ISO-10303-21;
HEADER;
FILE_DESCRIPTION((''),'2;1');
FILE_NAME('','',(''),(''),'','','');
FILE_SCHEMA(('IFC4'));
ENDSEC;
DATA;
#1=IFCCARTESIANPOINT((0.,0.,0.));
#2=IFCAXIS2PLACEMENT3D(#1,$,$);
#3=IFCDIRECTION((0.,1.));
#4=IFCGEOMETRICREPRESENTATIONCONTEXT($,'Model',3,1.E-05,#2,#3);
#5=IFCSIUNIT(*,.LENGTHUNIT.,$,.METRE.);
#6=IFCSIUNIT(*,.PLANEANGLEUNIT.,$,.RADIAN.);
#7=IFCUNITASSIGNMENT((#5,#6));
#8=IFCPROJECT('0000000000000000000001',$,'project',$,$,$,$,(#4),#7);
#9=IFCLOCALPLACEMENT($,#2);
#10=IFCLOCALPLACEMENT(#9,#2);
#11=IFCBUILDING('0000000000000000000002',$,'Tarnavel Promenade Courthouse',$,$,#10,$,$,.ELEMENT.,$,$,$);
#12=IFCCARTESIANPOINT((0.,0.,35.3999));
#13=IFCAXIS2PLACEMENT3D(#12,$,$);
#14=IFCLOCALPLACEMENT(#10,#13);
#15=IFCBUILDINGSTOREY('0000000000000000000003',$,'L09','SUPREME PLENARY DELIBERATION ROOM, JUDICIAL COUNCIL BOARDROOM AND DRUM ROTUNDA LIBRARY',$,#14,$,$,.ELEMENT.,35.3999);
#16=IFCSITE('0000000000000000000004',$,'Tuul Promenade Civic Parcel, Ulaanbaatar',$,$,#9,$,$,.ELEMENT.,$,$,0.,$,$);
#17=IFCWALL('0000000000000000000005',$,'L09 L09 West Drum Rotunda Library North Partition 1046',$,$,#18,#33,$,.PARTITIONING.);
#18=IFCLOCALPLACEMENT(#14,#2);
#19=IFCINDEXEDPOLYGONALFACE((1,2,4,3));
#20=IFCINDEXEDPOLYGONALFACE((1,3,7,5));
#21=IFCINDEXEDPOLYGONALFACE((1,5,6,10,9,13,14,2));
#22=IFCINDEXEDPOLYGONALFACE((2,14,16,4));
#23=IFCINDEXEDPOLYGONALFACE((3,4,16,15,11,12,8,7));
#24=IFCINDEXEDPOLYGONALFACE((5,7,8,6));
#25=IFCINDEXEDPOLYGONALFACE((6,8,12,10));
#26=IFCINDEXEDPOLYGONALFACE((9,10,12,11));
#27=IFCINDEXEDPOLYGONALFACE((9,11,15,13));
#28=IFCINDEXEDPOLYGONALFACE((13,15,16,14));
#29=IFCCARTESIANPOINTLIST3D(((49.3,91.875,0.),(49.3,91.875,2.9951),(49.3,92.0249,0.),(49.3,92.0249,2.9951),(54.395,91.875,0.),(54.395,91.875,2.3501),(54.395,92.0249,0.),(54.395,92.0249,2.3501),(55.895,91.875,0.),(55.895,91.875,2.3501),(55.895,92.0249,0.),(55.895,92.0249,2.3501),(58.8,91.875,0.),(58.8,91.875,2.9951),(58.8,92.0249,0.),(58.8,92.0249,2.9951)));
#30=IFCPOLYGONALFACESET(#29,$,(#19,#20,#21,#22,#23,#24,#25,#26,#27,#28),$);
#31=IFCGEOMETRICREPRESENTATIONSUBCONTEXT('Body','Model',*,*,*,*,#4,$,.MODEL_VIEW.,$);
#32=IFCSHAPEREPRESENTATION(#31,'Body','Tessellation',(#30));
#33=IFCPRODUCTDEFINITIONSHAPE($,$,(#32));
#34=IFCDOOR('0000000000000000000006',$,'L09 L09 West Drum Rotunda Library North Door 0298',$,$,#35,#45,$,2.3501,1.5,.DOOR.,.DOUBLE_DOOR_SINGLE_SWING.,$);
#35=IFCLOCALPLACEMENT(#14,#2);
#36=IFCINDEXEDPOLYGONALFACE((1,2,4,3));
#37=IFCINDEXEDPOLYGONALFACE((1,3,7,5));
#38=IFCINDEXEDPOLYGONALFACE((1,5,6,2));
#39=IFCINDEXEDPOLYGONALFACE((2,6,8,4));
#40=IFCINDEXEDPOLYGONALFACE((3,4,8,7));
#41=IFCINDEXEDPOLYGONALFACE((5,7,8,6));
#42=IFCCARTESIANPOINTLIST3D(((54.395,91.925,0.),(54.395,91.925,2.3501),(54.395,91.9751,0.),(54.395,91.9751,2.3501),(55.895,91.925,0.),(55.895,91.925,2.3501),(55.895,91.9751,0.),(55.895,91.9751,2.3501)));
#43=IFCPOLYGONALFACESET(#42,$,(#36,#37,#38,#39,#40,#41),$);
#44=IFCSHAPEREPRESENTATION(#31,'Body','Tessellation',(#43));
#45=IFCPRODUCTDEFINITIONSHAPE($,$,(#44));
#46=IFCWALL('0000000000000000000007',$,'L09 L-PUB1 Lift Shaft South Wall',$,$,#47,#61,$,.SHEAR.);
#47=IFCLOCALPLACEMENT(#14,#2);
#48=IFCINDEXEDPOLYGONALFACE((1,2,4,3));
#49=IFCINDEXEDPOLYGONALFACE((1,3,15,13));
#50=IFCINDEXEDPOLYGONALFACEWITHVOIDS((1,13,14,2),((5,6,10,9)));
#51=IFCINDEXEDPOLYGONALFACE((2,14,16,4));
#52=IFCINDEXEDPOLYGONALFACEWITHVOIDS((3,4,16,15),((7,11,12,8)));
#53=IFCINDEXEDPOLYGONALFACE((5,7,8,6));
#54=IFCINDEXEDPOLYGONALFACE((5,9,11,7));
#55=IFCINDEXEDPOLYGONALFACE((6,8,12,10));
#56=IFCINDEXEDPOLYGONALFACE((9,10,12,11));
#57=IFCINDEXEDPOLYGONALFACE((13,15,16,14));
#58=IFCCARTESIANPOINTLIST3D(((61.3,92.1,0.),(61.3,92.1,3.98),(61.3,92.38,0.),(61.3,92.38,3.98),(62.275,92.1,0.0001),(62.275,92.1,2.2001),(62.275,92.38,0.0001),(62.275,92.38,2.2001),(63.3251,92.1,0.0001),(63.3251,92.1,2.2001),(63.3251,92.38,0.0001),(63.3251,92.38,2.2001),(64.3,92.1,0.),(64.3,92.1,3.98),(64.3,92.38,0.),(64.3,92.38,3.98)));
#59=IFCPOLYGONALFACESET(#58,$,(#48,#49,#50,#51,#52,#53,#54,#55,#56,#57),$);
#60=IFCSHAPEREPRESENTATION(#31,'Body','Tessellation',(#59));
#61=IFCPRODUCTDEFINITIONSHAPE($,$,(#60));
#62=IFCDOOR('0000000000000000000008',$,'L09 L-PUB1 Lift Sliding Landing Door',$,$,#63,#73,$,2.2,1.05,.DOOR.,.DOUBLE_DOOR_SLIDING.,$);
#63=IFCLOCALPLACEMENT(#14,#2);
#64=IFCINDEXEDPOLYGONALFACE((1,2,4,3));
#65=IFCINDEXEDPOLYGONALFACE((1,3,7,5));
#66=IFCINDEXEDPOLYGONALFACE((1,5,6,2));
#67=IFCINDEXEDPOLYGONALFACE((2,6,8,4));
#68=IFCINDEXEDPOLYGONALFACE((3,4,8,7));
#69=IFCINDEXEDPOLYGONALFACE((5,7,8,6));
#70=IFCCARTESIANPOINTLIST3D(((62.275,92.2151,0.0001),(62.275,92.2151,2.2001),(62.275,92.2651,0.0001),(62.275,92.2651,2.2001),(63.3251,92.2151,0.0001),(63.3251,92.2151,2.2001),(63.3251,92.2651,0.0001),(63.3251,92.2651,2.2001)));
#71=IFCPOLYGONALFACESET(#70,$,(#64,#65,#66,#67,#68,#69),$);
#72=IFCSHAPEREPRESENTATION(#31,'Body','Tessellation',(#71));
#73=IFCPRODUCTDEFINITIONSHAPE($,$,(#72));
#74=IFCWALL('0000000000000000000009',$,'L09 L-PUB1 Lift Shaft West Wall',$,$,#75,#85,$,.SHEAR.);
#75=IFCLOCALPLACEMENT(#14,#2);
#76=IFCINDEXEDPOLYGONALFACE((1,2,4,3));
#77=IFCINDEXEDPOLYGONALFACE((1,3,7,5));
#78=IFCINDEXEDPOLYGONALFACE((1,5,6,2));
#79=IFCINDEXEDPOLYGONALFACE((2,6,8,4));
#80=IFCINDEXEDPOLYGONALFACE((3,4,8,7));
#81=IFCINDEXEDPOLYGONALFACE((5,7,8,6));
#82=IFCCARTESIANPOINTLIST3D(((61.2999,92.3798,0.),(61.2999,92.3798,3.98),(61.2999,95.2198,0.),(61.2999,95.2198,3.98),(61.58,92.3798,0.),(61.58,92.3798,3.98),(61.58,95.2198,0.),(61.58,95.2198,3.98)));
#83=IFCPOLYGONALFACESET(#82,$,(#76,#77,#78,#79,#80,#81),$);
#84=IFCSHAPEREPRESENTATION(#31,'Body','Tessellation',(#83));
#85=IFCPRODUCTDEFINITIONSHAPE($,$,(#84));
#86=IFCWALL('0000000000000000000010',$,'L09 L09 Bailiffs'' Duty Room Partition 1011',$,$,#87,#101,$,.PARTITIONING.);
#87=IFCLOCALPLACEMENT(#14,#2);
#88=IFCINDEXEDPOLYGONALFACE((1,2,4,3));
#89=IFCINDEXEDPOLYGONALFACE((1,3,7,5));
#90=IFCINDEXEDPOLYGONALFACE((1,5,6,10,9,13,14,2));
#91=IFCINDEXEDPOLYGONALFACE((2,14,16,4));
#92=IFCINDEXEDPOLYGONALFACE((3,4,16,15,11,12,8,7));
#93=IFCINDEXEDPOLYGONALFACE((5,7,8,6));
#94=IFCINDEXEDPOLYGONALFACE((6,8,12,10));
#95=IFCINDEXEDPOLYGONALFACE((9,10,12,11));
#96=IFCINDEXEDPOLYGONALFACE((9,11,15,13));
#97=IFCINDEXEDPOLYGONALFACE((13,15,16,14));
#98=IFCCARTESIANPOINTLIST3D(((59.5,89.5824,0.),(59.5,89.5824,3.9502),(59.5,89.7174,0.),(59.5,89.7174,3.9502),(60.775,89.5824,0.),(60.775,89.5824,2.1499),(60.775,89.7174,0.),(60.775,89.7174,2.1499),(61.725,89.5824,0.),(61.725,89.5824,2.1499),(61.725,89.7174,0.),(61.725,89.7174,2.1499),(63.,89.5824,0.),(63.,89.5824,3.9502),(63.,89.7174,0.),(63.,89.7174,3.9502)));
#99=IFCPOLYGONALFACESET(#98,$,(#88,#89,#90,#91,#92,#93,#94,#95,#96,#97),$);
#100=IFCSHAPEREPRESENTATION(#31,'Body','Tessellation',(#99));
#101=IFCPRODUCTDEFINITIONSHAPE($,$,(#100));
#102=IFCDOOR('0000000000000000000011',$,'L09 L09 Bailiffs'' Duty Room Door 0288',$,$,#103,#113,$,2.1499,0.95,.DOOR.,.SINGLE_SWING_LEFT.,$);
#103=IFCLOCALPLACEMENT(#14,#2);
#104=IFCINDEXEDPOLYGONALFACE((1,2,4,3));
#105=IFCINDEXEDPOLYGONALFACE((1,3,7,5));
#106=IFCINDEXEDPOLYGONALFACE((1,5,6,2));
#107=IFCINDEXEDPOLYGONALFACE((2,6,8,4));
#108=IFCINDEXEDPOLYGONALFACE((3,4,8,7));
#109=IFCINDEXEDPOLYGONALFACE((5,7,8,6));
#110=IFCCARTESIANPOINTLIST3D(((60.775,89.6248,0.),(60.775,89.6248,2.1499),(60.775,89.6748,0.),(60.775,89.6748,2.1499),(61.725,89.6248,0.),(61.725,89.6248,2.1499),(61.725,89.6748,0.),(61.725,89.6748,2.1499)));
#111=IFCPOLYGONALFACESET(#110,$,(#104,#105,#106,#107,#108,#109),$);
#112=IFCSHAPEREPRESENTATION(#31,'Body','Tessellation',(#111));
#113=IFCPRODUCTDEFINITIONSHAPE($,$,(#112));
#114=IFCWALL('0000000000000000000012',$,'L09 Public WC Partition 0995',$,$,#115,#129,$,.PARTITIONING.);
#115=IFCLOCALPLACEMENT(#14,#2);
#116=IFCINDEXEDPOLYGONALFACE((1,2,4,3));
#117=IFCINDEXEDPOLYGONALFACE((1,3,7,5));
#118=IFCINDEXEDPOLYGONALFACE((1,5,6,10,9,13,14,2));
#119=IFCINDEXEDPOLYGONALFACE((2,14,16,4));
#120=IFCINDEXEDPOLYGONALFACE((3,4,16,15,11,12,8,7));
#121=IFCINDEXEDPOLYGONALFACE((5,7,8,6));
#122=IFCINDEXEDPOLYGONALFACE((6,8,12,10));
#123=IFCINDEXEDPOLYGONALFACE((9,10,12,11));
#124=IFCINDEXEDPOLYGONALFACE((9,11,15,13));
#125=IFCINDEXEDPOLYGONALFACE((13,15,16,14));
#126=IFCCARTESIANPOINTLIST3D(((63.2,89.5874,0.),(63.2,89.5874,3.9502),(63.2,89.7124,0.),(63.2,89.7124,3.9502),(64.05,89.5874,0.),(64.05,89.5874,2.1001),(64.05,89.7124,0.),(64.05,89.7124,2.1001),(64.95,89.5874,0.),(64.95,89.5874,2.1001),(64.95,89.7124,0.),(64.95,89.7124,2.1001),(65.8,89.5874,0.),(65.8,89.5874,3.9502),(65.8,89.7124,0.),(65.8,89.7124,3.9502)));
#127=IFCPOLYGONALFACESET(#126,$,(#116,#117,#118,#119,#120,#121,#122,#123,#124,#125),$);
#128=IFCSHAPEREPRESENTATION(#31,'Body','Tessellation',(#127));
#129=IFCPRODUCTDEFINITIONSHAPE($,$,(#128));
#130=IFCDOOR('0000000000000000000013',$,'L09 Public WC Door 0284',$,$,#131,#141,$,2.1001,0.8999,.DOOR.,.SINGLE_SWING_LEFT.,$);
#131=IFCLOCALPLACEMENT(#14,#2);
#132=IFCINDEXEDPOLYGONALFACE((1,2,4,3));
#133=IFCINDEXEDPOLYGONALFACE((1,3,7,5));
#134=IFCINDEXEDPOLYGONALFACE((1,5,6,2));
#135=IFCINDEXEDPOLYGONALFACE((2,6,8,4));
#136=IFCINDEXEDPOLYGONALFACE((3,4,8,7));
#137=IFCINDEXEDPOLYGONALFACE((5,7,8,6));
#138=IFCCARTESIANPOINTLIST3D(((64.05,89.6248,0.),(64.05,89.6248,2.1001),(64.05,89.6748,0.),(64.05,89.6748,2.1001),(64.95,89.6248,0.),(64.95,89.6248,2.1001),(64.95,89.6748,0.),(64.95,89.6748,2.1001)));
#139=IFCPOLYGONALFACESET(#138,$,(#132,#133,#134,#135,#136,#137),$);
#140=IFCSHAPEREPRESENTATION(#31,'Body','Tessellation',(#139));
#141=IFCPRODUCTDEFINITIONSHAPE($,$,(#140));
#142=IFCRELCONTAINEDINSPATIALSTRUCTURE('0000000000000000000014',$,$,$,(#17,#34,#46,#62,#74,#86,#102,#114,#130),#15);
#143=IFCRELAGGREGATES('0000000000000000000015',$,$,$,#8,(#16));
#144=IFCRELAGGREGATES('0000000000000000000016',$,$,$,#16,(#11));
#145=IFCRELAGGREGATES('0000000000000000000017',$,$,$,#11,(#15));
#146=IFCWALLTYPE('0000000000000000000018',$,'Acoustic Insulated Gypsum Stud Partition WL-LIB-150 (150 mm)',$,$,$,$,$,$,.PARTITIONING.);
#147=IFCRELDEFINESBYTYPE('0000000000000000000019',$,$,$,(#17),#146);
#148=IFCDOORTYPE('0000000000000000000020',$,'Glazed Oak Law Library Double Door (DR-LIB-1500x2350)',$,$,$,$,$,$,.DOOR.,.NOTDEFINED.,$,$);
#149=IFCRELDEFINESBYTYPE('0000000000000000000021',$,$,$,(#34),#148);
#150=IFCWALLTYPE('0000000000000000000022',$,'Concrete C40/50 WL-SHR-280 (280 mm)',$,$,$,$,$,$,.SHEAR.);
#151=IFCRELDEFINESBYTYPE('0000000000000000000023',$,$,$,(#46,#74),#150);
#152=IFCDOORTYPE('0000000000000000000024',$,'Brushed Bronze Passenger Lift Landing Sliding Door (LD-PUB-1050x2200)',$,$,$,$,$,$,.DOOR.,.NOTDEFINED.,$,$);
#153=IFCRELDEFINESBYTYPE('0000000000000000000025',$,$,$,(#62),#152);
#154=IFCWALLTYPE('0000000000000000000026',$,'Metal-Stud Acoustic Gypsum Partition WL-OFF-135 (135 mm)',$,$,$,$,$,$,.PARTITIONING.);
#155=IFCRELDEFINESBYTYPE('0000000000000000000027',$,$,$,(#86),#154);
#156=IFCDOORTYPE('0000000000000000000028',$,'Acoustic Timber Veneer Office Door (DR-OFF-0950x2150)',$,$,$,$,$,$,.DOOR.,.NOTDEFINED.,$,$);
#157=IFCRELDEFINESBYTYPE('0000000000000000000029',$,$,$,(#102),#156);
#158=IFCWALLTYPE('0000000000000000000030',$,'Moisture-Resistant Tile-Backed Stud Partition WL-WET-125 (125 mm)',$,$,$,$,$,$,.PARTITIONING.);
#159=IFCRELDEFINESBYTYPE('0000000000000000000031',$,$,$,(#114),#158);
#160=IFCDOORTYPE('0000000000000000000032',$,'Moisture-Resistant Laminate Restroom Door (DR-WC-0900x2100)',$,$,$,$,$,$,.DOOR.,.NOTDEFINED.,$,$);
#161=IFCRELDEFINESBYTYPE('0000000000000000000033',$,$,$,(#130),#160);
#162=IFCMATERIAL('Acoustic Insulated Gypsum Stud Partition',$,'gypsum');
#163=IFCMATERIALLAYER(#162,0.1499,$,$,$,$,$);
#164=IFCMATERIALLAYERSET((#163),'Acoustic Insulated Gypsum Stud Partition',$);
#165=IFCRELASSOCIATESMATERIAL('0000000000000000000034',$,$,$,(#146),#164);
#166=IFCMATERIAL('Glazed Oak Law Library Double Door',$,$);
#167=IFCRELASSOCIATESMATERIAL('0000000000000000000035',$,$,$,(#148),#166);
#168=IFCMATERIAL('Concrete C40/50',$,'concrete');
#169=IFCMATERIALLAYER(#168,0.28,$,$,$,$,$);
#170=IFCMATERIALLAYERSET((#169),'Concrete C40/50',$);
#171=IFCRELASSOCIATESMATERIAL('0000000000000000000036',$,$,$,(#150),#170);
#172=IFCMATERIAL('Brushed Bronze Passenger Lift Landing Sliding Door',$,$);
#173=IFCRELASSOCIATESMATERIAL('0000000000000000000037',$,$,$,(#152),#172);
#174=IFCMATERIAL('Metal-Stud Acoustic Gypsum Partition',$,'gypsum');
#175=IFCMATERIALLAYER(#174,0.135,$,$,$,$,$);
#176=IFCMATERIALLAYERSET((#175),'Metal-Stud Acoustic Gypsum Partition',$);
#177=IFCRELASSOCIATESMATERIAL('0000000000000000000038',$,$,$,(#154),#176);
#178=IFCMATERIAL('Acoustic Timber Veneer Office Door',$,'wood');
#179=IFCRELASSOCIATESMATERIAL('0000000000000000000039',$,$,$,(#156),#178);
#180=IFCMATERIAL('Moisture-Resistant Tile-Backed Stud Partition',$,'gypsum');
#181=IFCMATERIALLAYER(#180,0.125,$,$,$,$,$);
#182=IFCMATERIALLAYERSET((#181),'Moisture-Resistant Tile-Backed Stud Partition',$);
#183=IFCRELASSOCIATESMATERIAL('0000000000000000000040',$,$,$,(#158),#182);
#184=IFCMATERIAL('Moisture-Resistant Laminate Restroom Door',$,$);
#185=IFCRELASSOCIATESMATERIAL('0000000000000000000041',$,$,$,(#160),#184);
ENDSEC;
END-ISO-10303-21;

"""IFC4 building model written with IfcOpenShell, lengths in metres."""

from ifc_helpers import new_model, si_unit, direction, frame, frame_2d, origin, place, context, subcontext, project, spatial, rectangle, extrude, material, layer, layer_set, type_object, element, fill, save


model = new_model("IFC4")

# Units and contexts
model_context = context("Model", 3, precision=1e-05, world=origin(), true_north=direction((0.0, 1.0)))
body_context = subcontext(model_context, "Body", "Model", "MODEL_VIEW")
ifc_project = project(units=[si_unit("LENGTHUNIT", "METRE"), si_unit("PLANEANGLEUNIT", "RADIAN")], contexts=[model_context])

# Site, building, storey
site_placement = place(None, origin())
site = spatial("IfcSite", under=ifc_project, at=site_placement, Name="Tuul Promenade Civic Parcel, Ulaanbaatar", CompositionType="ELEMENT", RefElevation=0.0)
building_placement = place(site_placement, origin())
building = spatial("IfcBuilding", under=site, at=building_placement, Name="Tarnavel Promenade Courthouse", CompositionType="ELEMENT")
storey_placement = place(building_placement, frame((0.0, 0.0, 35.3999)))
storey = spatial("IfcBuildingStorey", under=building, at=storey_placement, Name="L09", Description="SUPREME PLENARY DELIBERATION ROOM, JUDICIAL COUNCIL BOARDROOM AND DRUM ROTUNDA LIBRARY", CompositionType="ELEMENT", Elevation=35.3999)

# Shared definitions
ifc_material_1 = material(Name="Concrete C40/50", Category="concrete")

# Walls, openings, doors
ifc_material_2 = material(Name="Acoustic Insulated Gypsum Stud Partition", Category="gypsum")
ifc_layer_1 = layer(ifc_material_2, 0.1499)
ifc_layer_set_1 = layer_set([ifc_layer_1], Name="Acoustic Insulated Gypsum Stud Partition")
wall_type_1 = type_object("IfcWallType", Name="Acoustic Insulated Gypsum Stud Partition WL-LIB-150 (150 mm)", PredefinedType="PARTITIONING", material=ifc_layer_set_1)
wall_1_placement = place(storey_placement, frame((58.8, 91.95, 0.0), z_axis=(0.0, 0.0, 1.0), x_axis=(-1.0, 0.0, 0.0)))
wall_1 = element("IfcWall", 1, at=wall_1_placement, inside=storey, type_object=wall_type_1, Name="L09 L09 West Drum Rotunda Library North Partition 1046", PredefinedType="PARTITIONING", context=body_context, shape_type="SweptSolid", body=[
    extrude(rectangle(XDim=9.5, YDim=0.1499, at=frame_2d((4.75, 0.0))), origin(), (0.0, 0.0, 1.0), 2.9951),
])
opening_1_placement = place(wall_1_placement, frame((2.905, 0.0, 0.0)))
opening_1 = element("IfcOpeningElement", 2, at=opening_1_placement, cuts=wall_1, PredefinedType="OPENING", context=body_context, shape_type="SweptSolid", body=[
    extrude(rectangle(XDim=1.5, YDim=2.3501, at=frame_2d((0.75, 1.175))), frame((0.0, 0.085, 0.0), z_axis=(0.0, -1.0, 0.0), x_axis=(1.0, 0.0, 0.0)), (0.0, 0.0, 1.0), 0.1699),
])
ifc_material_3 = material(Name="Glazed Oak Law Library Double Door")
door_type_1 = type_object("IfcDoorType", Name="Glazed Oak Law Library Double Door (DR-LIB-1500x2350)", OperationType="NOTDEFINED", PredefinedType="DOOR", material=ifc_material_3)
door_1_placement = place(opening_1_placement, origin())
door_1 = element("IfcDoor", 3, at=door_1_placement, inside=storey, type_object=door_type_1, Name="L09 L09 West Drum Rotunda Library North Door 0298", OperationType="DOUBLE_DOOR_SINGLE_SWING", OverallHeight=2.3501, OverallWidth=1.5, PredefinedType="DOOR", context=body_context, shape_type="SweptSolid", body=[
    extrude(rectangle(XDim=1.5, YDim=2.3501, at=frame_2d((0.75, 1.175))), frame((0.0, 0.0249, 0.0), z_axis=(0.0, -1.0, 0.0), x_axis=(1.0, 0.0, 0.0)), (0.0, 0.0, 1.0), 0.05),
])
fill(opening_1, door_1)
ifc_layer_2 = layer(ifc_material_1, 0.28)
ifc_layer_set_2 = layer_set([ifc_layer_2], Name="Concrete C40/50")
wall_type_2 = type_object("IfcWallType", Name="Concrete C40/50 WL-SHR-280 (280 mm)", PredefinedType="SHEAR", material=ifc_layer_set_2)
wall_2_placement = place(storey_placement, frame((64.3, 92.24, 0.0), z_axis=(0.0, 0.0, 1.0), x_axis=(-1.0, 0.0, 0.0)))
wall_2 = element("IfcWall", 4, at=wall_2_placement, inside=storey, type_object=wall_type_2, Name="L09 L-PUB1 Lift Shaft South Wall", PredefinedType="SHEAR", context=body_context, shape_type="SweptSolid", body=[
    extrude(rectangle(XDim=3.0, YDim=0.28, at=frame_2d((1.5, 0.0))), origin(), (0.0, 0.0, 1.0), 3.98),
])
opening_2_placement = place(wall_2_placement, frame((0.9751, 0.0, 0.0)))
opening_2 = element("IfcOpeningElement", 5, at=opening_2_placement, cuts=wall_2, PredefinedType="OPENING", context=body_context, shape_type="SweptSolid", body=[
    extrude(rectangle(XDim=1.05, YDim=2.2, at=frame_2d((0.5249, 1.1001))), frame((0.0, 0.1499, 0.0), z_axis=(0.0, -1.0, 0.0), x_axis=(1.0, 0.0, 0.0)), (0.0, 0.0, 1.0), 0.3),
])
ifc_material_4 = material(Name="Brushed Bronze Passenger Lift Landing Sliding Door")
door_type_2 = type_object("IfcDoorType", Name="Brushed Bronze Passenger Lift Landing Sliding Door (LD-PUB-1050x2200)", OperationType="NOTDEFINED", PredefinedType="DOOR", material=ifc_material_4)
door_2_placement = place(opening_2_placement, origin())
door_2 = element("IfcDoor", 6, at=door_2_placement, inside=storey, type_object=door_type_2, Name="L09 L-PUB1 Lift Sliding Landing Door", OperationType="DOUBLE_DOOR_SLIDING", OverallHeight=2.2, OverallWidth=1.05, PredefinedType="DOOR", context=body_context, shape_type="SweptSolid", body=[
    extrude(rectangle(XDim=1.05, YDim=2.2, at=frame_2d((0.5249, 1.1001))), frame((0.0, 0.0249, 0.0), z_axis=(0.0, -1.0, 0.0), x_axis=(1.0, 0.0, 0.0)), (0.0, 0.0, 1.0), 0.05),
])
fill(opening_2, door_2)

# Wall
wall_3_placement = place(storey_placement, frame((61.4399, 92.3799, 0.0), z_axis=(0.0, 0.0, 1.0), x_axis=(0.0, 1.0, 0.0)))
element("IfcWall", 7, at=wall_3_placement, inside=storey, type_object=wall_type_2, Name="L09 L-PUB1 Lift Shaft West Wall", PredefinedType="SHEAR", context=body_context, shape_type="SweptSolid", body=[
    extrude(rectangle(XDim=2.8401, YDim=0.28, at=frame_2d((1.4199, 0.0))), origin(), (0.0, 0.0, 1.0), 3.98),
])

# Walls, openings, doors
ifc_material_5 = material(Name="Metal-Stud Acoustic Gypsum Partition", Category="gypsum")
ifc_layer_3 = layer(ifc_material_5, 0.135)
ifc_layer_set_3 = layer_set([ifc_layer_3], Name="Metal-Stud Acoustic Gypsum Partition")
wall_type_3 = type_object("IfcWallType", Name="Metal-Stud Acoustic Gypsum Partition WL-OFF-135 (135 mm)", PredefinedType="PARTITIONING", material=ifc_layer_set_3)
wall_4_placement = place(storey_placement, frame((59.5, 89.6499, 0.0), z_axis=(0.0, 0.0, 1.0), x_axis=(1.0, 0.0, 0.0)))
wall_4 = element("IfcWall", 8, at=wall_4_placement, inside=storey, type_object=wall_type_3, Name="L09 L09 Bailiffs' Duty Room Partition 1011", PredefinedType="PARTITIONING", context=body_context, shape_type="SweptSolid", body=[
    extrude(rectangle(XDim=3.5, YDim=0.135, at=frame_2d((1.75, 0.0))), origin(), (0.0, 0.0, 1.0), 3.9502),
])
opening_3_placement = place(wall_4_placement, frame((1.2749, 0.0, 0.0)))
opening_3 = element("IfcOpeningElement", 9, at=opening_3_placement, cuts=wall_4, PredefinedType="OPENING", context=body_context, shape_type="SweptSolid", body=[
    extrude(rectangle(XDim=0.95, YDim=2.1499, at=frame_2d((0.4751, 1.075))), frame((0.0, 0.0774, 0.0), z_axis=(0.0, -1.0, 0.0), x_axis=(1.0, 0.0, 0.0)), (0.0, 0.0, 1.0), 0.155),
])
ifc_material_6 = material(Name="Acoustic Timber Veneer Office Door", Category="wood")
door_type_3 = type_object("IfcDoorType", Name="Acoustic Timber Veneer Office Door (DR-OFF-0950x2150)", OperationType="NOTDEFINED", PredefinedType="DOOR", material=ifc_material_6)
door_3_placement = place(opening_3_placement, origin())
door_3 = element("IfcDoor", 10, at=door_3_placement, inside=storey, type_object=door_type_3, Name="L09 L09 Bailiffs' Duty Room Door 0288", OperationType="SINGLE_SWING_LEFT", OverallHeight=2.1499, OverallWidth=0.95, PredefinedType="DOOR", context=body_context, shape_type="SweptSolid", body=[
    extrude(rectangle(XDim=0.95, YDim=2.1499, at=frame_2d((0.4751, 1.075))), frame((0.0, 0.0249, 0.0), z_axis=(0.0, -1.0, 0.0), x_axis=(1.0, 0.0, 0.0)), (0.0, 0.0, 1.0), 0.05),
])
fill(opening_3, door_3)
ifc_material_7 = material(Name="Moisture-Resistant Tile-Backed Stud Partition", Category="gypsum")
ifc_layer_4 = layer(ifc_material_7, 0.125)
ifc_layer_set_4 = layer_set([ifc_layer_4], Name="Moisture-Resistant Tile-Backed Stud Partition")
wall_type_4 = type_object("IfcWallType", Name="Moisture-Resistant Tile-Backed Stud Partition WL-WET-125 (125 mm)", PredefinedType="PARTITIONING", material=ifc_layer_set_4)
wall_5_placement = place(storey_placement, frame((63.2, 89.6499, 0.0), z_axis=(0.0, 0.0, 1.0), x_axis=(1.0, 0.0, 0.0)))
wall_5 = element("IfcWall", 11, at=wall_5_placement, inside=storey, type_object=wall_type_4, Name="L09 Public WC Partition 0995", PredefinedType="PARTITIONING", context=body_context, shape_type="SweptSolid", body=[
    extrude(rectangle(XDim=2.6001, YDim=0.125, at=frame_2d((1.3, 0.0))), origin(), (0.0, 0.0, 1.0), 3.9502),
])
opening_4_placement = place(wall_5_placement, frame((0.8501, 0.0, 0.0)))
opening_4 = element("IfcOpeningElement", 12, at=opening_4_placement, cuts=wall_5, PredefinedType="OPENING", context=body_context, shape_type="SweptSolid", body=[
    extrude(rectangle(XDim=0.8999, YDim=2.1001, at=frame_2d((0.45, 1.05))), frame((0.0, 0.0725, 0.0), z_axis=(0.0, -1.0, 0.0), x_axis=(1.0, 0.0, 0.0)), (0.0, 0.0, 1.0), 0.145),
])
ifc_material_8 = material(Name="Moisture-Resistant Laminate Restroom Door")
door_type_4 = type_object("IfcDoorType", Name="Moisture-Resistant Laminate Restroom Door (DR-WC-0900x2100)", OperationType="NOTDEFINED", PredefinedType="DOOR", material=ifc_material_8)
door_4_placement = place(opening_4_placement, origin())
door_4 = element("IfcDoor", 13, at=door_4_placement, inside=storey, type_object=door_type_4, Name="L09 Public WC Door 0284", OperationType="SINGLE_SWING_LEFT", OverallHeight=2.1001, OverallWidth=0.8999, PredefinedType="DOOR", context=body_context, shape_type="SweptSolid", body=[
    extrude(rectangle(XDim=0.8999, YDim=2.1001, at=frame_2d((0.45, 1.05))), frame((0.0, 0.0249, 0.0), z_axis=(0.0, -1.0, 0.0), x_axis=(1.0, 0.0, 0.0)), (0.0, 0.0, 1.0), 0.05),
])
fill(opening_4, door_4)

save(model, "model.ifc")
